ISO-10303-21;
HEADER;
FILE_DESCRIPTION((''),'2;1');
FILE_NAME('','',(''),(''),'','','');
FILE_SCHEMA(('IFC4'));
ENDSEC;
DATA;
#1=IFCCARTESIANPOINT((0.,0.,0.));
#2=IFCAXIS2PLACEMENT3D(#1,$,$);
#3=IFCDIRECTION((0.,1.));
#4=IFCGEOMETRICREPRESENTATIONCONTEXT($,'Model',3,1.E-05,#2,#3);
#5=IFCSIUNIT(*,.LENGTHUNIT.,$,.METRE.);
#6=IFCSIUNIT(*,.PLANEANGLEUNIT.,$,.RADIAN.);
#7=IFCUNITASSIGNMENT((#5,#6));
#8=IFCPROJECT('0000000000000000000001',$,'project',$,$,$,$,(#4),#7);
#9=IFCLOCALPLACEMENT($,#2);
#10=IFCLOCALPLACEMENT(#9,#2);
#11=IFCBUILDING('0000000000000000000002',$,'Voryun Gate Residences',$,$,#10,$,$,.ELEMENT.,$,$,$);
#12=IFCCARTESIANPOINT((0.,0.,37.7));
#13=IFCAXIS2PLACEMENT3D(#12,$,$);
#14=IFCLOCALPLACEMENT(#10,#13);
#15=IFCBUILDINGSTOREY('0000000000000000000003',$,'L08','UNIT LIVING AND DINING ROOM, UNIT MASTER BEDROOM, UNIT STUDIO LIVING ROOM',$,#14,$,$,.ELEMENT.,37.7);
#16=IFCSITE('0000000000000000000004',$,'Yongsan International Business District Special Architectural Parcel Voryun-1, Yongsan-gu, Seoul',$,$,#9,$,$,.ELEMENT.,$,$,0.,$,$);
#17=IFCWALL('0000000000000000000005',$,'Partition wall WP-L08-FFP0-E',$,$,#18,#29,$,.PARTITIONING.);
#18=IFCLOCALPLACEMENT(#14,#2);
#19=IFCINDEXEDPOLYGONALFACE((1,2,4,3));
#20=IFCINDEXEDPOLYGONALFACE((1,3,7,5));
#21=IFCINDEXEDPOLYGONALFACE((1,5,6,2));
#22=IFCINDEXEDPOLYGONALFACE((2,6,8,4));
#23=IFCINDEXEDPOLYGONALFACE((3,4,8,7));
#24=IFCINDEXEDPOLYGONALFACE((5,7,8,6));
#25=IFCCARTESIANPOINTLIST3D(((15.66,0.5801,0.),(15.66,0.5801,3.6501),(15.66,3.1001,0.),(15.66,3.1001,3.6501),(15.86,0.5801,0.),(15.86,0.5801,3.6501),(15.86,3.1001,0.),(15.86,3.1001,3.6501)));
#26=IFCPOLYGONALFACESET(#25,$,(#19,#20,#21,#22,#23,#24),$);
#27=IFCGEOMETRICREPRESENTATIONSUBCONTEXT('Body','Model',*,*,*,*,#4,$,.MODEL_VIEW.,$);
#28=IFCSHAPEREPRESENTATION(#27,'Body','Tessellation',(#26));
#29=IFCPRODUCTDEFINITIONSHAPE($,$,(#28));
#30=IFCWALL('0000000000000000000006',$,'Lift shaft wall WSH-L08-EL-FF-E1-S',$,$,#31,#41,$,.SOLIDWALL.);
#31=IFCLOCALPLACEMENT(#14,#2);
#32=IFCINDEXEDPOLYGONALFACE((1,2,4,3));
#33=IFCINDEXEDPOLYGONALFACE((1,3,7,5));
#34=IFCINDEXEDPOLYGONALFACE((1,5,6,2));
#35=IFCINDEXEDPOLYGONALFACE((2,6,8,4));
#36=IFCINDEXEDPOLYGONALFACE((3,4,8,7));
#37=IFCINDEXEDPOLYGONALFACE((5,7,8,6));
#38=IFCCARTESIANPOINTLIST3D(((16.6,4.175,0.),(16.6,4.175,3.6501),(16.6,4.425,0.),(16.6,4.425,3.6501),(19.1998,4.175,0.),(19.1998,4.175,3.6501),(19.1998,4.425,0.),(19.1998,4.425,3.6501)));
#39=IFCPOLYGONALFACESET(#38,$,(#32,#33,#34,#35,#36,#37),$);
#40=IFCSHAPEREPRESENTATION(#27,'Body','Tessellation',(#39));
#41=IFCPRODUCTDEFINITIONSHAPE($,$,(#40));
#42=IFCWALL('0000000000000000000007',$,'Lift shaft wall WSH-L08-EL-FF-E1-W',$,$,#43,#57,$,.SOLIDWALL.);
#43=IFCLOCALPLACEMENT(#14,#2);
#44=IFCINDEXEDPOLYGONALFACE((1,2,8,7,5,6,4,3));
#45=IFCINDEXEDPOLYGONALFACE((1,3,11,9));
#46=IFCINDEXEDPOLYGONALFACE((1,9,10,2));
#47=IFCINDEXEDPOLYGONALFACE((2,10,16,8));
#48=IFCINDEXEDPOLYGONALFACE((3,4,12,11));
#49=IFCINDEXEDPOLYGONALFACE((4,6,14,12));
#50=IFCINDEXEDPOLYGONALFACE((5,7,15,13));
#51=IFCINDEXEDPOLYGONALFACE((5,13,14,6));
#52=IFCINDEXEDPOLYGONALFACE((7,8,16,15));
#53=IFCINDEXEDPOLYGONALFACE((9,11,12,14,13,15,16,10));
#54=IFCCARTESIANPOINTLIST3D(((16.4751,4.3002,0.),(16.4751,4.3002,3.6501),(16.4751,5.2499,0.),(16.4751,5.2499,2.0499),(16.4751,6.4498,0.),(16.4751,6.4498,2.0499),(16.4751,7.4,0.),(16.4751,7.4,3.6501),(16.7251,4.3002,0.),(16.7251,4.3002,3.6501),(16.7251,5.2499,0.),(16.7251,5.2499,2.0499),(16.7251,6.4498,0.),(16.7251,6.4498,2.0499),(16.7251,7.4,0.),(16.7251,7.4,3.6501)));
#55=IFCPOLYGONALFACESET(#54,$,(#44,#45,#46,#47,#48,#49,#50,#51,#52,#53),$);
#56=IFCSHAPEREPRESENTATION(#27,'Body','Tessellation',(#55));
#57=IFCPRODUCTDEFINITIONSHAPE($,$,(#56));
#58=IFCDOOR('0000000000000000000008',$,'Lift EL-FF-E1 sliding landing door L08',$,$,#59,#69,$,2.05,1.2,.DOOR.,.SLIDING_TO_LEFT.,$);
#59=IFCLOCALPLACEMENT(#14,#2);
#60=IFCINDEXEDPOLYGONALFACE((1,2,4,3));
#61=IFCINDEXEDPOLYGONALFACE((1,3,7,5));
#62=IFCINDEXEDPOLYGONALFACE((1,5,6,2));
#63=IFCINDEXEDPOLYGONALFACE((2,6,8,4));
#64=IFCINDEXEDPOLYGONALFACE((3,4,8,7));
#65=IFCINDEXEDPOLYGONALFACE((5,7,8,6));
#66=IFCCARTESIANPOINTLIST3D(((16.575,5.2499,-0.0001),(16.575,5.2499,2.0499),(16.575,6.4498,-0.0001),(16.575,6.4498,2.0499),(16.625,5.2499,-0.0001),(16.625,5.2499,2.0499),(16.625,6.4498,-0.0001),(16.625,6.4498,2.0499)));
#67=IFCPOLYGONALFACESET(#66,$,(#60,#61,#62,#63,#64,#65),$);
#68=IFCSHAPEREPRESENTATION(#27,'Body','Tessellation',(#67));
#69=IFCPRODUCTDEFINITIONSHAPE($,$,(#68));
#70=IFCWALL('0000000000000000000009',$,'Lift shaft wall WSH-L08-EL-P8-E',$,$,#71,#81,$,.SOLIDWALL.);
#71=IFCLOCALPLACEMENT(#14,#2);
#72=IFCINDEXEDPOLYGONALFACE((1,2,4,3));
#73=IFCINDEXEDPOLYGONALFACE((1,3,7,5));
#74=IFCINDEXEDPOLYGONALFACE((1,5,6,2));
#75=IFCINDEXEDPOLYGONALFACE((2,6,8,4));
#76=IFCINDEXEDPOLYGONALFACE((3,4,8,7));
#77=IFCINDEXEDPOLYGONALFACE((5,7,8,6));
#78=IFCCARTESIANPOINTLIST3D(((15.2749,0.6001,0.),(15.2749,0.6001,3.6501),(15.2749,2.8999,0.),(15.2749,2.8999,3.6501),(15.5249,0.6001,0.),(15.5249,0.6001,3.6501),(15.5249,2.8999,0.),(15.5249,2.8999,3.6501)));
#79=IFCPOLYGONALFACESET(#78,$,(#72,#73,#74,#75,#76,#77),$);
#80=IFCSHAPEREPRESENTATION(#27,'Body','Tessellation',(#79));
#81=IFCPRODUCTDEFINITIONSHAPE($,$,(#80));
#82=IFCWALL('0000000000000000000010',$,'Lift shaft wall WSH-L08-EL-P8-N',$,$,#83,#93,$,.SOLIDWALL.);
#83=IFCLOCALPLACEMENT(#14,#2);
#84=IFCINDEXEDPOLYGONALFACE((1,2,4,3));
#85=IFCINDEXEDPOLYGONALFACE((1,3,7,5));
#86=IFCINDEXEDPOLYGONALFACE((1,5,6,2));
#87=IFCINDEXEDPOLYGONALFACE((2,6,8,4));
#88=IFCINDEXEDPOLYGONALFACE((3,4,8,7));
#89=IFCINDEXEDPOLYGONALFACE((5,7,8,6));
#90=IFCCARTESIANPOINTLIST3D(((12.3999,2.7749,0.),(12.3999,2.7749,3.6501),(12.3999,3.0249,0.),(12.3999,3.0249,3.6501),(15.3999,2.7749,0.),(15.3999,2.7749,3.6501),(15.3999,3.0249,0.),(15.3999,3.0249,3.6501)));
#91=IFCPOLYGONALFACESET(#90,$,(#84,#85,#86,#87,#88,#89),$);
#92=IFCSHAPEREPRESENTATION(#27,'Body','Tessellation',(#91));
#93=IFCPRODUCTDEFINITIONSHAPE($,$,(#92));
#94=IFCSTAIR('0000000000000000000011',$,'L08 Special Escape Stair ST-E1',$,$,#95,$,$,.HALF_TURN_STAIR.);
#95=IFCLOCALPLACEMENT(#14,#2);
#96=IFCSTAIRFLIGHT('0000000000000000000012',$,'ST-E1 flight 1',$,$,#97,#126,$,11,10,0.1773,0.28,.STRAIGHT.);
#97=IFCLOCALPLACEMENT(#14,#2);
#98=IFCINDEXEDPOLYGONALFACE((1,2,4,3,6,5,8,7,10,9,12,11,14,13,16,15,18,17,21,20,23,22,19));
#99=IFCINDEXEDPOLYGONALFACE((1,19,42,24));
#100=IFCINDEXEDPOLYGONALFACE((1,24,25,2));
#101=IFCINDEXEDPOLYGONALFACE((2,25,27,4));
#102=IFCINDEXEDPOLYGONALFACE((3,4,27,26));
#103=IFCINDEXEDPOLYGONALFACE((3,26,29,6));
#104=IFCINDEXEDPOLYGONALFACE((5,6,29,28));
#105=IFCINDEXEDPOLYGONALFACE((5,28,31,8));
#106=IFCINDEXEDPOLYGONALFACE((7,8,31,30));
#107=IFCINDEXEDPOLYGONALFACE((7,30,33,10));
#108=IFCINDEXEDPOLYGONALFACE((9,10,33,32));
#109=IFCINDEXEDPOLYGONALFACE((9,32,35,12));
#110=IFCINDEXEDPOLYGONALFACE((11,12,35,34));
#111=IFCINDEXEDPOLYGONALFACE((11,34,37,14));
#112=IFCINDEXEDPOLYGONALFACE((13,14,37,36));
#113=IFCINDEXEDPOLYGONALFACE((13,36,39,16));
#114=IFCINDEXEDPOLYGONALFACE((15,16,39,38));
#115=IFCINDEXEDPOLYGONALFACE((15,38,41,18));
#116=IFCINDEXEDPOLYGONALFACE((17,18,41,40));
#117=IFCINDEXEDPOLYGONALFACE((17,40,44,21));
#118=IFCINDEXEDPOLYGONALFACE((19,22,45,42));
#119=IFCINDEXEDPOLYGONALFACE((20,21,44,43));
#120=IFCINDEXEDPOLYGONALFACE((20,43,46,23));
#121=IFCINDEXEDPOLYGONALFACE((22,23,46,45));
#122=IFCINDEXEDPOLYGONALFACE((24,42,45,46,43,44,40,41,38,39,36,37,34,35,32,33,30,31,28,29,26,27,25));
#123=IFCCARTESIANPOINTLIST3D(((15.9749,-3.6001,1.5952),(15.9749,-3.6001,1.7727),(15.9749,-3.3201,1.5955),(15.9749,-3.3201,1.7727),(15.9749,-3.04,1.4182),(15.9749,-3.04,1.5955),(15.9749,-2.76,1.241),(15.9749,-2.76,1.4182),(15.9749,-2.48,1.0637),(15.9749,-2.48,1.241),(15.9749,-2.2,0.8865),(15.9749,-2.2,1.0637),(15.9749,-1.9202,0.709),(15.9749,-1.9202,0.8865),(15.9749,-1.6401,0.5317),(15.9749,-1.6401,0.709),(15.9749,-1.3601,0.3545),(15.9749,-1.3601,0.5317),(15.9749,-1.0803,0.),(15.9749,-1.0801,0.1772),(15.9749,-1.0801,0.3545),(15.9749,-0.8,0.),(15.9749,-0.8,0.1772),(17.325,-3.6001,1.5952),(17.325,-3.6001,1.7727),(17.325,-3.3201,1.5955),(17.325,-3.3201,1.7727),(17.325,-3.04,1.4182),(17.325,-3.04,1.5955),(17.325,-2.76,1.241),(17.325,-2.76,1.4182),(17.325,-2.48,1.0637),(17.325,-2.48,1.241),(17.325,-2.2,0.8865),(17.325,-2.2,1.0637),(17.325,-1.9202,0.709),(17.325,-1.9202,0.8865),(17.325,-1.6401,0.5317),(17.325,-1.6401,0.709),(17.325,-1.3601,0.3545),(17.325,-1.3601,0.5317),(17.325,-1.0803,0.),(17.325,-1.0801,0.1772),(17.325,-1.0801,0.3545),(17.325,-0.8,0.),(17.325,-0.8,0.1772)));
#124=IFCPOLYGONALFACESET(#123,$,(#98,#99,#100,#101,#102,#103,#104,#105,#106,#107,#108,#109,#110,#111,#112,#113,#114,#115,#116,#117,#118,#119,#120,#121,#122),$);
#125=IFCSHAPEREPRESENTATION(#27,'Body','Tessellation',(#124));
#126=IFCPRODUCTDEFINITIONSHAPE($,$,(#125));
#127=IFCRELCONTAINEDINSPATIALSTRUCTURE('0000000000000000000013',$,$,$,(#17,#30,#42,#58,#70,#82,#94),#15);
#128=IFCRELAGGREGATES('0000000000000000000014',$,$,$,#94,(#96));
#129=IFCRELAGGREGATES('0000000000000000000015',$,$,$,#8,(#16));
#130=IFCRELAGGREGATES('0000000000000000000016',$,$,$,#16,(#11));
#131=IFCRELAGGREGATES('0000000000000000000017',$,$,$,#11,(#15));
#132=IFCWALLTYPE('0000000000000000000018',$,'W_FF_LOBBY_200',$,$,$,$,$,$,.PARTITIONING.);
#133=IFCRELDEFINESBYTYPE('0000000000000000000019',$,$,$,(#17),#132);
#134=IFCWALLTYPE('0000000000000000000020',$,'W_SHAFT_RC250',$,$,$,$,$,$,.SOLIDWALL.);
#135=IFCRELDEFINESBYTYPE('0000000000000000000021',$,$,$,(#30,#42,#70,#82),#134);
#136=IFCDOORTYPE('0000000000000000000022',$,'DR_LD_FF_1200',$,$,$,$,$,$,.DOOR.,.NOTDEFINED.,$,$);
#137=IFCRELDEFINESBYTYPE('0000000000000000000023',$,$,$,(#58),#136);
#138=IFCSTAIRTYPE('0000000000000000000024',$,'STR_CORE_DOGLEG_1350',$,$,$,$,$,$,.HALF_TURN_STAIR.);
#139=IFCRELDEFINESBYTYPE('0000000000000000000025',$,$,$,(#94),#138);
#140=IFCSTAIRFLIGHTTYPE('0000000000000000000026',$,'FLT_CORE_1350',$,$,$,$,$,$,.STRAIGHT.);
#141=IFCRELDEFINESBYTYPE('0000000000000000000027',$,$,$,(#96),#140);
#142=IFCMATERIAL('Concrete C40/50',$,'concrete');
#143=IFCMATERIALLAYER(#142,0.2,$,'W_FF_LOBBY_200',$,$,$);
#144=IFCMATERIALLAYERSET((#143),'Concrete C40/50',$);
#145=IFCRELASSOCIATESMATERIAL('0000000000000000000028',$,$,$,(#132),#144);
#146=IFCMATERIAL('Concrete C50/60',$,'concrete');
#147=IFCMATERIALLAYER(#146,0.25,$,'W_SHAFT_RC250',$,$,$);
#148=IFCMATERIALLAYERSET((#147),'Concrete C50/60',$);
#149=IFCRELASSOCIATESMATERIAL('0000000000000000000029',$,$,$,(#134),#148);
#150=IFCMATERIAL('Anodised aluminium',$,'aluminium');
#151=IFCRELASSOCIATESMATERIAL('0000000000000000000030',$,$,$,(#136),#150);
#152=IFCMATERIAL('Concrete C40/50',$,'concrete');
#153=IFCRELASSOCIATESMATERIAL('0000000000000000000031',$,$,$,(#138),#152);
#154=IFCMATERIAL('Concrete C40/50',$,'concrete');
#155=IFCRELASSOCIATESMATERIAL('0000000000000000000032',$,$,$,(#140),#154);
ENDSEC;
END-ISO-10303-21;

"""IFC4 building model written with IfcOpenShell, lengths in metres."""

from ifc_helpers import new_model, si_unit, direction, frame, frame_2d, origin, place, context, subcontext, project, spatial, polyline, rectangle, outline, extrude, material, layer, layer_set, type_object, element, fill, aggregate, save


model = new_model("IFC4")

# Units and contexts
model_context = context("Model", 3, precision=1e-05, world=origin(), true_north=direction((0.0, 1.0)))
body_context = subcontext(model_context, "Body", "Model", "MODEL_VIEW")
ifc_project = project(units=[si_unit("LENGTHUNIT", "METRE"), si_unit("PLANEANGLEUNIT", "RADIAN")], contexts=[model_context])

# Site, building, storey
site_placement = place(None, origin())
site = spatial("IfcSite", under=ifc_project, at=site_placement, Name="Yongsan International Business District Special Architectural Parcel Voryun-1, Yongsan-gu, Seoul", CompositionType="ELEMENT", RefElevation=0.0)
building_placement = place(site_placement, origin())
building = spatial("IfcBuilding", under=site, at=building_placement, Name="Voryun Gate Residences", CompositionType="ELEMENT")
storey_placement = place(building_placement, frame((0.0, 0.0, 37.7)))
storey = spatial("IfcBuildingStorey", under=building, at=storey_placement, Name="L08", Description="UNIT LIVING AND DINING ROOM, UNIT MASTER BEDROOM, UNIT STUDIO LIVING ROOM", CompositionType="ELEMENT", Elevation=37.7)

# Walls
ifc_material_1 = material(Name="Concrete C40/50", Category="concrete")
ifc_layer_1 = layer(ifc_material_1, 0.2, Name="W_FF_LOBBY_200")
ifc_layer_set_1 = layer_set([ifc_layer_1], Name="Concrete C40/50")
wall_type_1 = type_object("IfcWallType", Name="W_FF_LOBBY_200", PredefinedType="PARTITIONING", material=ifc_layer_set_1)
wall_1_placement = place(storey_placement, frame((15.76, 0.5801, 0.0), z_axis=(0.0, 0.0, 1.0), x_axis=(0.0, 1.0, 0.0)))
element("IfcWall", 1, at=wall_1_placement, inside=storey, type_object=wall_type_1, Name="Partition wall WP-L08-FFP0-E", PredefinedType="PARTITIONING", context=body_context, shape_type="SweptSolid", body=[
    extrude(rectangle(XDim=2.52, YDim=0.2, at=frame_2d((1.26, 0.0))), origin(), (0.0, 0.0, 1.0), 3.6501),
])
ifc_material_2 = material(Name="Concrete C50/60", Category="concrete")
ifc_layer_2 = layer(ifc_material_2, 0.25, Name="W_SHAFT_RC250")
ifc_layer_set_2 = layer_set([ifc_layer_2], Name="Concrete C50/60")
wall_type_2 = type_object("IfcWallType", Name="W_SHAFT_RC250", PredefinedType="SOLIDWALL", material=ifc_layer_set_2)
wall_2_placement = place(storey_placement, frame((16.6001, 4.3, 0.0), z_axis=(0.0, 0.0, 1.0), x_axis=(1.0, 0.0, 0.0)))
element("IfcWall", 2, at=wall_2_placement, inside=storey, type_object=wall_type_2, Name="Lift shaft wall WSH-L08-EL-FF-E1-S", PredefinedType="SOLIDWALL", context=body_context, shape_type="SweptSolid", body=[
    extrude(rectangle(XDim=2.5999, YDim=0.25, at=frame_2d((1.2998, 0.0))), origin(), (0.0, 0.0, 1.0), 3.6501),
])

# Wall, opening, door
wall_3_placement = place(storey_placement, frame((16.6001, 7.3999, 0.0), z_axis=(0.0, 0.0, 1.0), x_axis=(0.0, -1.0, 0.0)))
wall_3 = element("IfcWall", 3, at=wall_3_placement, inside=storey, type_object=wall_type_2, Name="Lift shaft wall WSH-L08-EL-FF-E1-W", PredefinedType="SOLIDWALL", context=body_context, shape_type="SweptSolid", body=[
    extrude(rectangle(XDim=3.0999, YDim=0.25, at=frame_2d((1.5498, 0.0))), origin(), (0.0, 0.0, 1.0), 3.6501),
])
opening_1_placement = place(wall_3_placement, frame((0.95, 0.0, 0.0)))
opening_1 = element("IfcOpeningElement", 4, at=opening_1_placement, cuts=wall_3, PredefinedType="OPENING", context=body_context, shape_type="SweptSolid", body=[
    extrude(rectangle(XDim=1.2, YDim=2.05, at=frame_2d((0.6001, 1.0249))), frame((0.0, 0.135, 0.0), z_axis=(0.0, -1.0, 0.0), x_axis=(1.0, 0.0, 0.0)), (0.0, 0.0, 1.0), 0.27),
])
ifc_material_3 = material(Name="Anodised aluminium", Category="aluminium")
door_type_1 = type_object("IfcDoorType", Name="DR_LD_FF_1200", OperationType="NOTDEFINED", PredefinedType="DOOR", material=ifc_material_3)
door_1_placement = place(opening_1_placement, origin())
door_1 = element("IfcDoor", 5, at=door_1_placement, inside=storey, type_object=door_type_1, Name="Lift EL-FF-E1 sliding landing door L08", OperationType="SLIDING_TO_LEFT", OverallHeight=2.05, OverallWidth=1.2, PredefinedType="DOOR", context=body_context, shape_type="SweptSolid", body=[
    extrude(rectangle(XDim=1.2, YDim=2.05, at=frame_2d((0.6001, 1.0249))), frame((0.0, 0.0249, 0.0), z_axis=(0.0, -1.0, 0.0), x_axis=(1.0, 0.0, 0.0)), (0.0, 0.0, 1.0), 0.05),
])
fill(opening_1, door_1)

# Walls
wall_4_placement = place(storey_placement, frame((15.3999, 0.6001, 0.0), z_axis=(0.0, 0.0, 1.0), x_axis=(0.0, 1.0, 0.0)))
element("IfcWall", 6, at=wall_4_placement, inside=storey, type_object=wall_type_2, Name="Lift shaft wall WSH-L08-EL-P8-E", PredefinedType="SOLIDWALL", context=body_context, shape_type="SweptSolid", body=[
    extrude(rectangle(XDim=2.2998, YDim=0.25, at=frame_2d((1.1499, 0.0))), origin(), (0.0, 0.0, 1.0), 3.6501),
])
wall_5_placement = place(storey_placement, frame((15.3999, 2.8999, 0.0), z_axis=(0.0, 0.0, 1.0), x_axis=(-1.0, 0.0, 0.0)))
element("IfcWall", 7, at=wall_5_placement, inside=storey, type_object=wall_type_2, Name="Lift shaft wall WSH-L08-EL-P8-N", PredefinedType="SOLIDWALL", context=body_context, shape_type="SweptSolid", body=[
    extrude(rectangle(XDim=3.0, YDim=0.25, at=frame_2d((1.5, 0.0))), origin(), (0.0, 0.0, 1.0), 3.6501),
])

# Stair, stair flight
ifc_material_4 = material(Name="Concrete C40/50", Category="concrete")
stair_type = type_object("IfcStairType", Name="STR_CORE_DOGLEG_1350", PredefinedType="HALF_TURN_STAIR", material=ifc_material_4)
stair_placement = place(storey_placement, origin())
stair = element("IfcStair", 8, at=stair_placement, inside=storey, type_object=stair_type, Name="L08 Special Escape Stair ST-E1", PredefinedType="HALF_TURN_STAIR")
ifc_material_5 = material(Name="Concrete C40/50", Category="concrete")
stair_flight_type = type_object("IfcStairFlightType", Name="FLT_CORE_1350", PredefinedType="STRAIGHT", material=ifc_material_5)
stair_flight_placement = place(storey_placement, frame((16.6499, -0.8, 0.0), z_axis=(0.0, 0.0, 1.0), x_axis=(0.0, -1.0, 0.0)))
stair_flight = element("IfcStairFlight", 9, at=stair_flight_placement, type_object=stair_flight_type, Name="ST-E1 flight 1", NumberOfRisers=11, NumberOfTreads=10, PredefinedType="STRAIGHT", RiserHeight=0.1773, TreadLength=0.28, context=body_context, shape_type="SweptSolid", body=[
    extrude(outline(polyline([(0.0, 0.0), (0.0, 0.1772), (0.28, 0.1772), (0.28, 0.3545), (0.5601, 0.3545), (0.5601, 0.5317), (0.8401, 0.5317), (0.8401, 0.709), (1.1201, 0.709), (1.1201, 0.8865), (1.3999, 0.8865), (1.3999, 1.0637), (1.6799, 1.0637), (1.6799, 1.241), (1.96, 1.241), (1.96, 1.4182), (2.24, 1.4182), (2.24, 1.5955), (2.52, 1.5955), (2.52, 1.7727), (2.8, 1.7727), (2.8, 1.95), (2.8, 1.5952), (0.2803, 0.0), (0.0, 0.0)])), frame((0.0, 0.675, 0.0), z_axis=(0.0, -1.0, 0.0), x_axis=(1.0, 0.0, 0.0)), (0.0, 0.0, 1.0), 1.3501),
])
aggregate(stair, [stair_flight])

save(model, "model.ifc")
